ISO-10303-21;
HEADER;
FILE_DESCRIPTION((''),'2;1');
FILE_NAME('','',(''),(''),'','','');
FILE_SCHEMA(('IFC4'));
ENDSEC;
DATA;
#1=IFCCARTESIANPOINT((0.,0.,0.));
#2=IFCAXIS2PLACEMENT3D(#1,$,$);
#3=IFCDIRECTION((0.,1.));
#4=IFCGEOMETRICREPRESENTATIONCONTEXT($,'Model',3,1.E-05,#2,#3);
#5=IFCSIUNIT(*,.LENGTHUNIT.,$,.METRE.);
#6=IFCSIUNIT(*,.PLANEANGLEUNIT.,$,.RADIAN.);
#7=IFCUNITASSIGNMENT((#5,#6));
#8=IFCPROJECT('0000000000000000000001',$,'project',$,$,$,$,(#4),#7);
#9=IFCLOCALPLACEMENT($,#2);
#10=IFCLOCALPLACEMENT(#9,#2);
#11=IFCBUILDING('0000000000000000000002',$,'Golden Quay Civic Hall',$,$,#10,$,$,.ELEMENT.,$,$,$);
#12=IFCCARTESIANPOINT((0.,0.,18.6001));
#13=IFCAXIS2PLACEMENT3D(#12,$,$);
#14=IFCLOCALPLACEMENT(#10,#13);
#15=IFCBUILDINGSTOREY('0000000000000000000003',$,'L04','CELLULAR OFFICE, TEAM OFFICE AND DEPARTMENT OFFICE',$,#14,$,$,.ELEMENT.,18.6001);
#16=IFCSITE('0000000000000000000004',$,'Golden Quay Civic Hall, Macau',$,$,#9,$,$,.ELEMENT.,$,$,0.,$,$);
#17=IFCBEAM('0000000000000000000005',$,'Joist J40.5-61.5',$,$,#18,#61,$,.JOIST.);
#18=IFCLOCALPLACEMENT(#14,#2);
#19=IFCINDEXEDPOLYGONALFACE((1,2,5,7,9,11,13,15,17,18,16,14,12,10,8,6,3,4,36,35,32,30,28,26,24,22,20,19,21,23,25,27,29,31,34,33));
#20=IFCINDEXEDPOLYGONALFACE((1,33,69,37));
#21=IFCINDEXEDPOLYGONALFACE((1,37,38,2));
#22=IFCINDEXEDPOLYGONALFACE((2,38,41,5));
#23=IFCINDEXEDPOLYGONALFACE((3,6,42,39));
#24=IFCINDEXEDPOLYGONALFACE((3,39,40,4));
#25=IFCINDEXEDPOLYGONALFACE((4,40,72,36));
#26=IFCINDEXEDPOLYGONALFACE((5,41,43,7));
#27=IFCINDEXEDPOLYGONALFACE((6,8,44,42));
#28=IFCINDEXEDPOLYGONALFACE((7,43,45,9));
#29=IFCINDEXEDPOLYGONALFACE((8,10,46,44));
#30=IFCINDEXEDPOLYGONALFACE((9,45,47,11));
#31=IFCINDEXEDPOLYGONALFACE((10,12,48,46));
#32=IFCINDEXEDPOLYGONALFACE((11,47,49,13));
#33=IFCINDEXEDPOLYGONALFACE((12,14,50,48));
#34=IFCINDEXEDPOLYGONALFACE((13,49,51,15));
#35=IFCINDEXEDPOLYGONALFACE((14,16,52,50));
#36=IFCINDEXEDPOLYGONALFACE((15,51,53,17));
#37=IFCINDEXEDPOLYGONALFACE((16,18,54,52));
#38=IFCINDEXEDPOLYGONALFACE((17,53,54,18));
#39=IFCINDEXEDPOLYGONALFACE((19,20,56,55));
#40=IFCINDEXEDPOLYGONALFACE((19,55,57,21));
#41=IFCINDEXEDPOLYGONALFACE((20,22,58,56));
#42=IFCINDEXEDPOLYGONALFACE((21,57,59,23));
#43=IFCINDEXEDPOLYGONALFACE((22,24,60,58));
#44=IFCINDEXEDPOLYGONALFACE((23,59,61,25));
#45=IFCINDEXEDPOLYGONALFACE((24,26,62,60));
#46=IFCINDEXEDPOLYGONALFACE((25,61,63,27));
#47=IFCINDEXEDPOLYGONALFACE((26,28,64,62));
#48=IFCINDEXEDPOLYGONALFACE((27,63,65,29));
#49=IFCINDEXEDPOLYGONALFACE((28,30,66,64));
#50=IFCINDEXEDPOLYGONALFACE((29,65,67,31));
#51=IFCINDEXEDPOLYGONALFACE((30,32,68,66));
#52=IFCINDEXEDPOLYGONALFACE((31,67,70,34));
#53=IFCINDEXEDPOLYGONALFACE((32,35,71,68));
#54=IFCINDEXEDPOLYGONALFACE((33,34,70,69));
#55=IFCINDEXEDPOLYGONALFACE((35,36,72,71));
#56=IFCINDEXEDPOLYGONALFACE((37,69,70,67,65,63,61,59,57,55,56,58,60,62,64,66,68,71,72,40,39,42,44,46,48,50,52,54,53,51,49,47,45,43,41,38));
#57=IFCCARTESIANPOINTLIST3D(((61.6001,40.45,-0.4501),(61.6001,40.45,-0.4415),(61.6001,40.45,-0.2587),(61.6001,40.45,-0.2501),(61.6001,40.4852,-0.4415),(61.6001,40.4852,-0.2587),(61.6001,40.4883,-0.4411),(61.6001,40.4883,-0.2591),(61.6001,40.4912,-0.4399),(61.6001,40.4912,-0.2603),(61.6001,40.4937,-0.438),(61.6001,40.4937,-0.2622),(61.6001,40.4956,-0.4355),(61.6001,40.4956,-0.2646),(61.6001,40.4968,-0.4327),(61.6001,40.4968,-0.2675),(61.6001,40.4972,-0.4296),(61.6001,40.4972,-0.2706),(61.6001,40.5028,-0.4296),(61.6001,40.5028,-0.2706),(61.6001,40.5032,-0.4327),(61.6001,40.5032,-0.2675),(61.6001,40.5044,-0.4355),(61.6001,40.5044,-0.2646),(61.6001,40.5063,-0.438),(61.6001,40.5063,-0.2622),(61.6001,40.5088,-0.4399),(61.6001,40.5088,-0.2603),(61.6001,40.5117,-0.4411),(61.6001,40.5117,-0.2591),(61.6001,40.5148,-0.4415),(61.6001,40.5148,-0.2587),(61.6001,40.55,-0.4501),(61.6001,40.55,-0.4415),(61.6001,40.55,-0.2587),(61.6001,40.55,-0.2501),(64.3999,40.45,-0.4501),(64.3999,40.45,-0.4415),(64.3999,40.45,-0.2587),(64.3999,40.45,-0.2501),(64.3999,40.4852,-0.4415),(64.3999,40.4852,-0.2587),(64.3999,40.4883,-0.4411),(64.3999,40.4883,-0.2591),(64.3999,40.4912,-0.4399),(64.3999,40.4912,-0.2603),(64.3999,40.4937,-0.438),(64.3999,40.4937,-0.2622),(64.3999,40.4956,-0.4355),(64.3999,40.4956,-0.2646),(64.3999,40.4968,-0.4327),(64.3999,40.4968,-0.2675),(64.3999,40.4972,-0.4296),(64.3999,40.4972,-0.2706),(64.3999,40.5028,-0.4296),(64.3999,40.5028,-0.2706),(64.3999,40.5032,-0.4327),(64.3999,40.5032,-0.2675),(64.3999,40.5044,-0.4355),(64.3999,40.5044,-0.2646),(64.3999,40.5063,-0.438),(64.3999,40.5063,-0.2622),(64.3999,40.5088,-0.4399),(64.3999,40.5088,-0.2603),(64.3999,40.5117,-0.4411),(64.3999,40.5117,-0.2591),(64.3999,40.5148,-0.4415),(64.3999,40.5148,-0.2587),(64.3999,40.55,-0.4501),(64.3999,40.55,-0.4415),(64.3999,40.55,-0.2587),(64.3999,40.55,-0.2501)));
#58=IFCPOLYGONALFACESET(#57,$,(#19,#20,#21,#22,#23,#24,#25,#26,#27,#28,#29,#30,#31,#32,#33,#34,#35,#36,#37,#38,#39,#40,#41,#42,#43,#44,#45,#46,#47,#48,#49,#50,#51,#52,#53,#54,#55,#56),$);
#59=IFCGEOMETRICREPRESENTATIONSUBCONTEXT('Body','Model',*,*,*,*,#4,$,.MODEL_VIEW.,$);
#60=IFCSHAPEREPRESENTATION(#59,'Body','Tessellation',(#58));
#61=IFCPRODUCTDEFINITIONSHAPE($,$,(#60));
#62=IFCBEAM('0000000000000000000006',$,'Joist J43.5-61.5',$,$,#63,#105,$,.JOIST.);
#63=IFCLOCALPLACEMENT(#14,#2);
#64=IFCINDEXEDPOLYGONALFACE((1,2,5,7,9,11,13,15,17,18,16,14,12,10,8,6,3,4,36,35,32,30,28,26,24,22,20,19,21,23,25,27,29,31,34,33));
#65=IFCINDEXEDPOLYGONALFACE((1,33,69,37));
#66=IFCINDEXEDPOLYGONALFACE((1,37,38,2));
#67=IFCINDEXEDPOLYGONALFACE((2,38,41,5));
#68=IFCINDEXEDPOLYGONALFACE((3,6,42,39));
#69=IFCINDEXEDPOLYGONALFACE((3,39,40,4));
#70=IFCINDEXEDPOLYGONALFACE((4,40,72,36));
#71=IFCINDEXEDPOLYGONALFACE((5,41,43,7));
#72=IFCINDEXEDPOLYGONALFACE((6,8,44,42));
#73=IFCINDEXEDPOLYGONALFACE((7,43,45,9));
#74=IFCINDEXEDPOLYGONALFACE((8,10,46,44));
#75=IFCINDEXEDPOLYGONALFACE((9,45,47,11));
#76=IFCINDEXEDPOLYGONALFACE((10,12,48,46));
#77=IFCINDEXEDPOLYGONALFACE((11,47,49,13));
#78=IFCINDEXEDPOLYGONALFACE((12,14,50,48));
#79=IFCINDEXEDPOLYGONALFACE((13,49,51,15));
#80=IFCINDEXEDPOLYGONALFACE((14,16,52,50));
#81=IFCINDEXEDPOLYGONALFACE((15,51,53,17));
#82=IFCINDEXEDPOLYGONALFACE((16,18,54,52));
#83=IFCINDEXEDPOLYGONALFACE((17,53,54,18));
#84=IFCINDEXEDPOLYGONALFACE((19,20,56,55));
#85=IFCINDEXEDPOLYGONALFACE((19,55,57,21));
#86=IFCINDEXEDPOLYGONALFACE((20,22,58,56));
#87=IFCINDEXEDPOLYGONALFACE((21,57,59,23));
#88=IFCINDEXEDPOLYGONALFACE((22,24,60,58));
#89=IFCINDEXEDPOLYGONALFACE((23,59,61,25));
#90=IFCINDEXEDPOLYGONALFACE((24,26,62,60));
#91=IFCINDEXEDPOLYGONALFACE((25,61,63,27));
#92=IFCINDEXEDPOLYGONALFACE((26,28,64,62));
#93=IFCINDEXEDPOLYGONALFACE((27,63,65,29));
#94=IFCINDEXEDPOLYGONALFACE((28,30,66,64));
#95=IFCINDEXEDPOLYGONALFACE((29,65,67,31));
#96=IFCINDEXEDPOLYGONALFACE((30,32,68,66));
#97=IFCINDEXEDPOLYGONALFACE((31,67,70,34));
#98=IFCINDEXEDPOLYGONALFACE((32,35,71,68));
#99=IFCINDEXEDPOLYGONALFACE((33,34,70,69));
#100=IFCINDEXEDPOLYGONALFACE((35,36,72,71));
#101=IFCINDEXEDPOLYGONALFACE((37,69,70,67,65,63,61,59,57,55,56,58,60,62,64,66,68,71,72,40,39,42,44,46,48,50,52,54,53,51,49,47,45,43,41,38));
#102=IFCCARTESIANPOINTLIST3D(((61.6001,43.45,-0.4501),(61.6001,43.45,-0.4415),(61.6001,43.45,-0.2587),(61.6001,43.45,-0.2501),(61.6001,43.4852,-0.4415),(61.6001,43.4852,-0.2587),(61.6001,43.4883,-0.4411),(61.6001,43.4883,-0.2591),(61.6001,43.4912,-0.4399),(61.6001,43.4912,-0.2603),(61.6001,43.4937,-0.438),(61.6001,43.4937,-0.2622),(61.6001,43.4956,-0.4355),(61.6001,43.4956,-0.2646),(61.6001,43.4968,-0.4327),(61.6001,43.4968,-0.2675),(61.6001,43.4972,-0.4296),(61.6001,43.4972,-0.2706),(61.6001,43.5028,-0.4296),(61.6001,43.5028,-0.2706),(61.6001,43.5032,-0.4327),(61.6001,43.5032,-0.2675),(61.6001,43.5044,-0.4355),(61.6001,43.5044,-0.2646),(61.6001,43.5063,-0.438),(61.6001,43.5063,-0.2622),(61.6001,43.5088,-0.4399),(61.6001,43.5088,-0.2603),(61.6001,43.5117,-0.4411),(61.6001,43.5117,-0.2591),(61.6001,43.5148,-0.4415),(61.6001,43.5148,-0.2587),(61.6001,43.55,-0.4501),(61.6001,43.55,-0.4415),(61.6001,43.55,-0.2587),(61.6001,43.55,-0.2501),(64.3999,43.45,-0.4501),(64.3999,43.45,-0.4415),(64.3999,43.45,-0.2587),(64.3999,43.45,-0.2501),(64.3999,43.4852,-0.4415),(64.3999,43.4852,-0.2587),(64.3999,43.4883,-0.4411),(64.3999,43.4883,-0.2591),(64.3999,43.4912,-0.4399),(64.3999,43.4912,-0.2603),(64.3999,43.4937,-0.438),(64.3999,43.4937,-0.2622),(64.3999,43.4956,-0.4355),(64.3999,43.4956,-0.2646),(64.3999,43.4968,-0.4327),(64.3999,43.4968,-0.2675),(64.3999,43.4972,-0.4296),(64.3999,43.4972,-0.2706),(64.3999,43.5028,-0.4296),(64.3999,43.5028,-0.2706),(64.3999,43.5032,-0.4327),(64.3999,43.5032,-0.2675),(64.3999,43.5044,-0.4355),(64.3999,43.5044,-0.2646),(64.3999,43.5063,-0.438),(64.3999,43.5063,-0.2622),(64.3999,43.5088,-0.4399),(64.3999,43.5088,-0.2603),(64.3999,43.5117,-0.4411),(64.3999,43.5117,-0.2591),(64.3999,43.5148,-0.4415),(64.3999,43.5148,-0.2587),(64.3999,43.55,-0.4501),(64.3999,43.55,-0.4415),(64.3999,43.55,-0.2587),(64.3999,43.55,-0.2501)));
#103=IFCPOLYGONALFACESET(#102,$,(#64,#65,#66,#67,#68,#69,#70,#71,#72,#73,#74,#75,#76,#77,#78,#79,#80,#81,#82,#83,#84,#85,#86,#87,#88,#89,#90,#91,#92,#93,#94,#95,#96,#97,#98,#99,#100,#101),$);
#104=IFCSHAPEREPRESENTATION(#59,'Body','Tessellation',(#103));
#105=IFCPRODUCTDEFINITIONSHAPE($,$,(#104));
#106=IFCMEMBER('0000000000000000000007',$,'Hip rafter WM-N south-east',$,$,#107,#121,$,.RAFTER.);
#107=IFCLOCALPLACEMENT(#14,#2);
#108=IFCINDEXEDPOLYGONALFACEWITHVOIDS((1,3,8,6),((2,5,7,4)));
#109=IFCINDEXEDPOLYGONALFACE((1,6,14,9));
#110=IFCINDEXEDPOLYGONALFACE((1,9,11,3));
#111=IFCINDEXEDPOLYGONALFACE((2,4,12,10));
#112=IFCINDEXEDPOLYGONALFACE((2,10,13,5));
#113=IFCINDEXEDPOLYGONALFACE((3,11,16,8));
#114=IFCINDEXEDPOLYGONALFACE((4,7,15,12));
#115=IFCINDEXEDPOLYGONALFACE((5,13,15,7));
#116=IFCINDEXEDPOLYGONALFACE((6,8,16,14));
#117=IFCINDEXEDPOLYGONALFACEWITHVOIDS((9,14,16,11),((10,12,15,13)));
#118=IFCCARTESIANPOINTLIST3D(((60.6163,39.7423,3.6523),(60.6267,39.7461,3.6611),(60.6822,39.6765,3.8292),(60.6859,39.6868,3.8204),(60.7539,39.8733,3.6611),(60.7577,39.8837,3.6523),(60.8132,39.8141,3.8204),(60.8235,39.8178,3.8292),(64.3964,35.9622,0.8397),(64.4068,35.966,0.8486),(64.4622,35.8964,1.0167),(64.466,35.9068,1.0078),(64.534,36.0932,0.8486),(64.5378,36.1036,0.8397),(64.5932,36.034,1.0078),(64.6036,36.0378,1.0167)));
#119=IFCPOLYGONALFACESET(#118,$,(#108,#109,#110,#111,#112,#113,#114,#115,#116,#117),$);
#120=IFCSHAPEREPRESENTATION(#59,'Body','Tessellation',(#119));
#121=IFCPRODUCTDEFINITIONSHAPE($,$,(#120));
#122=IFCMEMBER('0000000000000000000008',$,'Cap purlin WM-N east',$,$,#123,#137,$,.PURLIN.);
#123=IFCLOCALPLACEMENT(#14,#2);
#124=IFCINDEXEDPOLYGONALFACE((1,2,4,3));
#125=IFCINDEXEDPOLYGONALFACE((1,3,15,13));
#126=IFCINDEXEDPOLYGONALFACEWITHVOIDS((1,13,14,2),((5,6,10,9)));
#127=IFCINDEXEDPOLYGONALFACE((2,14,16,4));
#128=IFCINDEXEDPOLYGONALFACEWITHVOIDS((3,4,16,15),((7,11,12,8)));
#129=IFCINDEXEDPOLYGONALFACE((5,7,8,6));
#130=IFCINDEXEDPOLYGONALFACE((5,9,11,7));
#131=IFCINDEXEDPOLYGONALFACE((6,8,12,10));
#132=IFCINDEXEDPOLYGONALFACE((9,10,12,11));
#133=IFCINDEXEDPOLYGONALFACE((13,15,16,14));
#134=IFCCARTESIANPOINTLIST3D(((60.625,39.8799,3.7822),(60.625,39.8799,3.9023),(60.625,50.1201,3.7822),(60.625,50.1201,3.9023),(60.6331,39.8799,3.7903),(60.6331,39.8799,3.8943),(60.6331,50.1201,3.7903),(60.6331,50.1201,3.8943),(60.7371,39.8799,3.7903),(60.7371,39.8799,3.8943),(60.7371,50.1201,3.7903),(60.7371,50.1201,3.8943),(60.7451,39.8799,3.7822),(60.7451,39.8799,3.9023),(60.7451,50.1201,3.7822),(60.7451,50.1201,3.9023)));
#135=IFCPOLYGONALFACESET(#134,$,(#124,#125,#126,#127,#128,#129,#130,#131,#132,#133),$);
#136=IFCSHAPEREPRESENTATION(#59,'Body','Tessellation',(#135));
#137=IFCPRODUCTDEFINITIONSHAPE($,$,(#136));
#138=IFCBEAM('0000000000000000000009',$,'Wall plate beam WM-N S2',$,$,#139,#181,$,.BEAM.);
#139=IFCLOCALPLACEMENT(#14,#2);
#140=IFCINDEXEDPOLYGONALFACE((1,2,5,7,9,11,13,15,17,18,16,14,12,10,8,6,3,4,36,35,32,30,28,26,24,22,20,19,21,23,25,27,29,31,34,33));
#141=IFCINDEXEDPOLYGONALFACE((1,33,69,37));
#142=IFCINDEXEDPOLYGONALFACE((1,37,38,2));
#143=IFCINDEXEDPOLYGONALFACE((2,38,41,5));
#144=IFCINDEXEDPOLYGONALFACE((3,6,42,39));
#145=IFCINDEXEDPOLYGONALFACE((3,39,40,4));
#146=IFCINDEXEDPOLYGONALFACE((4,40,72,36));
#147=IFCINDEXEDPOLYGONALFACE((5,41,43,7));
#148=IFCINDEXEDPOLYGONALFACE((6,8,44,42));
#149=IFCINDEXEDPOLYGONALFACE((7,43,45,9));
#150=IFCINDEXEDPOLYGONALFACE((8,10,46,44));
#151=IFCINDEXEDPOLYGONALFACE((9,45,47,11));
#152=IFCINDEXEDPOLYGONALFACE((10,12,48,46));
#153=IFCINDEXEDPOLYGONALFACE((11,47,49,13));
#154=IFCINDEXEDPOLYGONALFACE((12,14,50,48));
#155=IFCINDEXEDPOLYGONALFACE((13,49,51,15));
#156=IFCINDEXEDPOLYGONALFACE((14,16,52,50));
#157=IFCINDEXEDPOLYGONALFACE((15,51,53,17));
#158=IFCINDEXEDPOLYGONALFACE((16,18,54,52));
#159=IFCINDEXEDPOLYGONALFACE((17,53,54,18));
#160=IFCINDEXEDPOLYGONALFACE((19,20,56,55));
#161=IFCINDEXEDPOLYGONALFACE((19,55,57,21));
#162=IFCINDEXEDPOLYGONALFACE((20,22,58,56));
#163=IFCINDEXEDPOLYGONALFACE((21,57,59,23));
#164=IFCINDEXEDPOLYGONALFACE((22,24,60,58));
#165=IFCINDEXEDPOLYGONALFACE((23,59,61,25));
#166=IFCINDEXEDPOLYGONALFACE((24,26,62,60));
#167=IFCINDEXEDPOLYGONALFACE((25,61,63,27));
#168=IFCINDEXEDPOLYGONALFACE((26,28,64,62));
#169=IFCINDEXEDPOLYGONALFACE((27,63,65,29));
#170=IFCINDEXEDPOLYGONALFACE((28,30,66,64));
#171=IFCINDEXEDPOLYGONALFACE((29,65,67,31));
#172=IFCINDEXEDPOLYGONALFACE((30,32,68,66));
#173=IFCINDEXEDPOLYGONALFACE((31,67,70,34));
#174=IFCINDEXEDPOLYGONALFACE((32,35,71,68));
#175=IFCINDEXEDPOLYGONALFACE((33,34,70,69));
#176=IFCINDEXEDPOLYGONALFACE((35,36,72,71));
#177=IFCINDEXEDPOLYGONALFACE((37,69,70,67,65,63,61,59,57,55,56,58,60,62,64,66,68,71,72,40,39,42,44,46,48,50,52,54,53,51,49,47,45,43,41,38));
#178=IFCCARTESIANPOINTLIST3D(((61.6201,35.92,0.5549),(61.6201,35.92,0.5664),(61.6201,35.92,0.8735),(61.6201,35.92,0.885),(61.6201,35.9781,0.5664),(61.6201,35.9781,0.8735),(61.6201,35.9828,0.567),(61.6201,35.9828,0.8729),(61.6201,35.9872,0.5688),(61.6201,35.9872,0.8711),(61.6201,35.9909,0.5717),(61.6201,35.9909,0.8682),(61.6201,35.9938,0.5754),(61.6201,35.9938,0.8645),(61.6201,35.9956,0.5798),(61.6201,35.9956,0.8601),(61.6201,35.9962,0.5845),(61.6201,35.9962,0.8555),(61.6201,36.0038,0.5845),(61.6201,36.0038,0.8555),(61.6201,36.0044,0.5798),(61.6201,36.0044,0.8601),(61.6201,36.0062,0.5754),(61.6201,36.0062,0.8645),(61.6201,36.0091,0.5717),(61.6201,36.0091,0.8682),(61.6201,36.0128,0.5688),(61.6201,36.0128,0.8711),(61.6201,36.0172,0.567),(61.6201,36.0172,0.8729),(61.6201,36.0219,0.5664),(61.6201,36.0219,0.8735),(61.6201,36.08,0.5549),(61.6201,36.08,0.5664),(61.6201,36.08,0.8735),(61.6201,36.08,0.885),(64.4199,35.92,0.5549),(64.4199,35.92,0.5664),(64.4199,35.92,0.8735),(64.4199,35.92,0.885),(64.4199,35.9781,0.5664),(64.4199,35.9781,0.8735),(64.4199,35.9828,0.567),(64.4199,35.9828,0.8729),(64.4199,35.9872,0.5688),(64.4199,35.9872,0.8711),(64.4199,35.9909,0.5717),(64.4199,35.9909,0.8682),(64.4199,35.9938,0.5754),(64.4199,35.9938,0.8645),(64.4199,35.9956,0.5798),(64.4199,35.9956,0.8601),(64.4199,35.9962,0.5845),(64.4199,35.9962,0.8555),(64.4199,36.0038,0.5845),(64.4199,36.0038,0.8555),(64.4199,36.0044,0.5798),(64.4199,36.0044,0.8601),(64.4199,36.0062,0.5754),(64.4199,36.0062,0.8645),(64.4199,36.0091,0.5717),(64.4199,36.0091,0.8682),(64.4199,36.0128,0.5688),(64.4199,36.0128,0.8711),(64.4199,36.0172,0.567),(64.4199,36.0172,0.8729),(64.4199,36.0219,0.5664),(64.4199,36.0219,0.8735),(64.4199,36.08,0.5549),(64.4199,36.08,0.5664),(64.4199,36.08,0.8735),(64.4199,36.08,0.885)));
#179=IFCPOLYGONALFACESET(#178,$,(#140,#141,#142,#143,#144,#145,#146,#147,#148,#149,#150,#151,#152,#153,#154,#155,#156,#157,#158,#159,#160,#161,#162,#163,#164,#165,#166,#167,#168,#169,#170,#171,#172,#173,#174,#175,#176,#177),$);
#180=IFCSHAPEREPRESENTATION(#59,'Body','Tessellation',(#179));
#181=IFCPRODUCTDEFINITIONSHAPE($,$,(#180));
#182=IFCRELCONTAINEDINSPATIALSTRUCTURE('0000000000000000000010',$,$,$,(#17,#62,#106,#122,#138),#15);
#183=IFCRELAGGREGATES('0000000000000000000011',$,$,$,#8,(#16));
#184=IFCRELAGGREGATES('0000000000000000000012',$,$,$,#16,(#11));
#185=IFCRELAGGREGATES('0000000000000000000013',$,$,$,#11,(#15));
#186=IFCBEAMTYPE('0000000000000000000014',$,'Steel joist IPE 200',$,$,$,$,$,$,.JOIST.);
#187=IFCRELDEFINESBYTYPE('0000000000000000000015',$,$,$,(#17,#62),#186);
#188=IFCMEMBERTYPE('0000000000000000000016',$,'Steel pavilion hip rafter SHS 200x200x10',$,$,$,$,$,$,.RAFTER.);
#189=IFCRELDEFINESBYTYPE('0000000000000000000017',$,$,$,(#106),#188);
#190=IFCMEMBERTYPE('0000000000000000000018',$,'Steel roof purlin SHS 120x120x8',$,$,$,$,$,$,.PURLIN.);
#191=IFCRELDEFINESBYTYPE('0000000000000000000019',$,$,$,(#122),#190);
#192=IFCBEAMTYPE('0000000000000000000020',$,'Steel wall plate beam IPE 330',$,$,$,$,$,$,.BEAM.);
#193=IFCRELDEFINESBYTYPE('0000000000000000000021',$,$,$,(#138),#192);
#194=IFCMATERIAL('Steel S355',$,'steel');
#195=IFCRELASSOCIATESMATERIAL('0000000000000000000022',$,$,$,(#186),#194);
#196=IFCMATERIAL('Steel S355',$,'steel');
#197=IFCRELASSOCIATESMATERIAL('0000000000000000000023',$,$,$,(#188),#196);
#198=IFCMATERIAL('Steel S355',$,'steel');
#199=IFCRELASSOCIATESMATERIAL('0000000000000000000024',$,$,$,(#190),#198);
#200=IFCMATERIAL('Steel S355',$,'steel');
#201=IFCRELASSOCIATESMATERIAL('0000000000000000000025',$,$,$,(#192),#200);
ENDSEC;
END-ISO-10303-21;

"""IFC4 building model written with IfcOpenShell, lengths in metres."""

from ifc_helpers import new_model, si_unit, direction, frame, origin, origin_2d, place, context, subcontext, project, spatial, hollow_rectangle, i_section, extrude, material, material_profile, profile_set, type_object, element, save


model = new_model("IFC4")

# Units and contexts
model_context = context("Model", 3, precision=1e-05, world=origin(), true_north=direction((0.0, 1.0)))
body_context = subcontext(model_context, "Body", "Model", "MODEL_VIEW")
ifc_project = project(units=[si_unit("LENGTHUNIT", "METRE"), si_unit("PLANEANGLEUNIT", "RADIAN")], contexts=[model_context])

# Site, building, storey
site_placement = place(None, origin())
site = spatial("IfcSite", under=ifc_project, at=site_placement, Name="Golden Quay Civic Hall, Macau", CompositionType="ELEMENT", RefElevation=0.0)
building_placement = place(site_placement, origin())
building = spatial("IfcBuilding", under=site, at=building_placement, Name="Golden Quay Civic Hall", CompositionType="ELEMENT")
storey_placement = place(building_placement, frame((0.0, 0.0, 18.6001)))
storey = spatial("IfcBuildingStorey", under=building, at=storey_placement, Name="L04", Description="CELLULAR OFFICE, TEAM OFFICE AND DEPARTMENT OFFICE", CompositionType="ELEMENT", Elevation=18.6001)

# Beams
ifc_material_1 = material(Name="Steel S355", Category="steel")
ifc_material_profile_1 = material_profile(ifc_material_1, i_section(OverallWidth=0.1001, OverallDepth=0.2, WebThickness=0.0056, FlangeThickness=0.0085, FilletRadius=0.012, at=origin_2d()), Name="IPE 200")
ifc_profile_set_1 = profile_set([ifc_material_profile_1], Name="Steel S355")
beam_type_1 = type_object("IfcBeamType", Name="Steel joist IPE 200", PredefinedType="JOIST", material=ifc_profile_set_1)
for number, where, z_axis, x_axis, name in (
    (1, (61.6001, 40.5, -0.3501), (1.0, 0.0, 0.0), (0.0, 1.0, 0.0), "Joist J40.5-61.5"),
    (2, (61.6001, 43.5, -0.3501), (1.0, 0.0, 0.0), (0.0, 1.0, 0.0), "Joist J43.5-61.5"),
):
    element("IfcBeam", number, at=place(storey_placement, frame(where, z_axis=z_axis, x_axis=x_axis)), inside=storey, type_object=beam_type_1, Name=name, PredefinedType="JOIST", context=body_context, shape_type="SweptSolid", body=[
        extrude(i_section(OverallWidth=0.1001, OverallDepth=0.2, WebThickness=0.0056, FlangeThickness=0.0085, FilletRadius=0.012, at=origin_2d()), origin(), (0.0, 0.0, 1.0), 2.7998),
    ])

# Members
ifc_material_2 = material(Name="Steel S355", Category="steel")
ifc_material_profile_2 = material_profile(ifc_material_2, hollow_rectangle(XDim=0.2, YDim=0.2, WallThickness=0.01, at=origin_2d()), Name="SHS 200x200x10")
ifc_profile_set_2 = profile_set([ifc_material_profile_2], Name="Steel S355")
member_type_1 = type_object("IfcMemberType", Name="Steel pavilion hip rafter SHS 200x200x10", PredefinedType="RAFTER", material=ifc_profile_set_2)
member_1_placement = place(storey_placement, frame((64.5, 36.0, 0.9282), z_axis=(-0.625783, 0.625783, 0.465609), x_axis=(-0.707107, -0.707107, 0.0)))
element("IfcMember", 3, at=member_1_placement, inside=storey, type_object=member_type_1, Name="Hip rafter WM-N south-east", PredefinedType="RAFTER", context=body_context, shape_type="SweptSolid", body=[
    extrude(hollow_rectangle(XDim=0.2, YDim=0.2, WallThickness=0.01, at=origin_2d()), origin(), (0.0, 0.0, 1.0), 6.0405),
])
ifc_material_3 = material(Name="Steel S355", Category="steel")
ifc_material_profile_3 = material_profile(ifc_material_3, hollow_rectangle(XDim=0.1201, YDim=0.1201, WallThickness=0.0081, at=origin_2d()), Name="SHS 120x120x8")
ifc_profile_set_3 = profile_set([ifc_material_profile_3], Name="Steel S355")
member_type_2 = type_object("IfcMemberType", Name="Steel roof purlin SHS 120x120x8", PredefinedType="PURLIN", material=ifc_profile_set_3)
member_2_placement = place(storey_placement, frame((60.6851, 39.8799, 3.8423), z_axis=(0.0, 1.0, 0.0), x_axis=(-1.0, 0.0, 0.0)))
element("IfcMember", 4, at=member_2_placement, inside=storey, type_object=member_type_2, Name="Cap purlin WM-N east", PredefinedType="PURLIN", context=body_context, shape_type="SweptSolid", body=[
    extrude(hollow_rectangle(XDim=0.1201, YDim=0.1201, WallThickness=0.0081, at=origin_2d()), origin(), (0.0, 0.0, 1.0), 10.2402),
])

# Beam
ifc_material_4 = material(Name="Steel S355", Category="steel")
ifc_material_profile_4 = material_profile(ifc_material_4, i_section(OverallWidth=0.1599, OverallDepth=0.3301, WebThickness=0.0076, FlangeThickness=0.0115, FilletRadius=0.0181, at=origin_2d()), Name="IPE 330")
ifc_profile_set_4 = profile_set([ifc_material_profile_4], Name="Steel S355")
beam_type_2 = type_object("IfcBeamType", Name="Steel wall plate beam IPE 330", PredefinedType="BEAM", material=ifc_profile_set_4)
beam_1_placement = place(storey_placement, frame((61.6201, 36.0, 0.72), z_axis=(1.0, 0.0, 0.0), x_axis=(0.0, 1.0, 0.0)))
element("IfcBeam", 5, at=beam_1_placement, inside=storey, type_object=beam_type_2, Name="Wall plate beam WM-N S2", PredefinedType="BEAM", context=body_context, shape_type="SweptSolid", body=[
    extrude(i_section(OverallWidth=0.1599, OverallDepth=0.3301, WebThickness=0.0076, FlangeThickness=0.0115, FilletRadius=0.0181, at=origin_2d()), origin(), (0.0, 0.0, 1.0), 2.7998),
])

save(model, "model.ifc")
